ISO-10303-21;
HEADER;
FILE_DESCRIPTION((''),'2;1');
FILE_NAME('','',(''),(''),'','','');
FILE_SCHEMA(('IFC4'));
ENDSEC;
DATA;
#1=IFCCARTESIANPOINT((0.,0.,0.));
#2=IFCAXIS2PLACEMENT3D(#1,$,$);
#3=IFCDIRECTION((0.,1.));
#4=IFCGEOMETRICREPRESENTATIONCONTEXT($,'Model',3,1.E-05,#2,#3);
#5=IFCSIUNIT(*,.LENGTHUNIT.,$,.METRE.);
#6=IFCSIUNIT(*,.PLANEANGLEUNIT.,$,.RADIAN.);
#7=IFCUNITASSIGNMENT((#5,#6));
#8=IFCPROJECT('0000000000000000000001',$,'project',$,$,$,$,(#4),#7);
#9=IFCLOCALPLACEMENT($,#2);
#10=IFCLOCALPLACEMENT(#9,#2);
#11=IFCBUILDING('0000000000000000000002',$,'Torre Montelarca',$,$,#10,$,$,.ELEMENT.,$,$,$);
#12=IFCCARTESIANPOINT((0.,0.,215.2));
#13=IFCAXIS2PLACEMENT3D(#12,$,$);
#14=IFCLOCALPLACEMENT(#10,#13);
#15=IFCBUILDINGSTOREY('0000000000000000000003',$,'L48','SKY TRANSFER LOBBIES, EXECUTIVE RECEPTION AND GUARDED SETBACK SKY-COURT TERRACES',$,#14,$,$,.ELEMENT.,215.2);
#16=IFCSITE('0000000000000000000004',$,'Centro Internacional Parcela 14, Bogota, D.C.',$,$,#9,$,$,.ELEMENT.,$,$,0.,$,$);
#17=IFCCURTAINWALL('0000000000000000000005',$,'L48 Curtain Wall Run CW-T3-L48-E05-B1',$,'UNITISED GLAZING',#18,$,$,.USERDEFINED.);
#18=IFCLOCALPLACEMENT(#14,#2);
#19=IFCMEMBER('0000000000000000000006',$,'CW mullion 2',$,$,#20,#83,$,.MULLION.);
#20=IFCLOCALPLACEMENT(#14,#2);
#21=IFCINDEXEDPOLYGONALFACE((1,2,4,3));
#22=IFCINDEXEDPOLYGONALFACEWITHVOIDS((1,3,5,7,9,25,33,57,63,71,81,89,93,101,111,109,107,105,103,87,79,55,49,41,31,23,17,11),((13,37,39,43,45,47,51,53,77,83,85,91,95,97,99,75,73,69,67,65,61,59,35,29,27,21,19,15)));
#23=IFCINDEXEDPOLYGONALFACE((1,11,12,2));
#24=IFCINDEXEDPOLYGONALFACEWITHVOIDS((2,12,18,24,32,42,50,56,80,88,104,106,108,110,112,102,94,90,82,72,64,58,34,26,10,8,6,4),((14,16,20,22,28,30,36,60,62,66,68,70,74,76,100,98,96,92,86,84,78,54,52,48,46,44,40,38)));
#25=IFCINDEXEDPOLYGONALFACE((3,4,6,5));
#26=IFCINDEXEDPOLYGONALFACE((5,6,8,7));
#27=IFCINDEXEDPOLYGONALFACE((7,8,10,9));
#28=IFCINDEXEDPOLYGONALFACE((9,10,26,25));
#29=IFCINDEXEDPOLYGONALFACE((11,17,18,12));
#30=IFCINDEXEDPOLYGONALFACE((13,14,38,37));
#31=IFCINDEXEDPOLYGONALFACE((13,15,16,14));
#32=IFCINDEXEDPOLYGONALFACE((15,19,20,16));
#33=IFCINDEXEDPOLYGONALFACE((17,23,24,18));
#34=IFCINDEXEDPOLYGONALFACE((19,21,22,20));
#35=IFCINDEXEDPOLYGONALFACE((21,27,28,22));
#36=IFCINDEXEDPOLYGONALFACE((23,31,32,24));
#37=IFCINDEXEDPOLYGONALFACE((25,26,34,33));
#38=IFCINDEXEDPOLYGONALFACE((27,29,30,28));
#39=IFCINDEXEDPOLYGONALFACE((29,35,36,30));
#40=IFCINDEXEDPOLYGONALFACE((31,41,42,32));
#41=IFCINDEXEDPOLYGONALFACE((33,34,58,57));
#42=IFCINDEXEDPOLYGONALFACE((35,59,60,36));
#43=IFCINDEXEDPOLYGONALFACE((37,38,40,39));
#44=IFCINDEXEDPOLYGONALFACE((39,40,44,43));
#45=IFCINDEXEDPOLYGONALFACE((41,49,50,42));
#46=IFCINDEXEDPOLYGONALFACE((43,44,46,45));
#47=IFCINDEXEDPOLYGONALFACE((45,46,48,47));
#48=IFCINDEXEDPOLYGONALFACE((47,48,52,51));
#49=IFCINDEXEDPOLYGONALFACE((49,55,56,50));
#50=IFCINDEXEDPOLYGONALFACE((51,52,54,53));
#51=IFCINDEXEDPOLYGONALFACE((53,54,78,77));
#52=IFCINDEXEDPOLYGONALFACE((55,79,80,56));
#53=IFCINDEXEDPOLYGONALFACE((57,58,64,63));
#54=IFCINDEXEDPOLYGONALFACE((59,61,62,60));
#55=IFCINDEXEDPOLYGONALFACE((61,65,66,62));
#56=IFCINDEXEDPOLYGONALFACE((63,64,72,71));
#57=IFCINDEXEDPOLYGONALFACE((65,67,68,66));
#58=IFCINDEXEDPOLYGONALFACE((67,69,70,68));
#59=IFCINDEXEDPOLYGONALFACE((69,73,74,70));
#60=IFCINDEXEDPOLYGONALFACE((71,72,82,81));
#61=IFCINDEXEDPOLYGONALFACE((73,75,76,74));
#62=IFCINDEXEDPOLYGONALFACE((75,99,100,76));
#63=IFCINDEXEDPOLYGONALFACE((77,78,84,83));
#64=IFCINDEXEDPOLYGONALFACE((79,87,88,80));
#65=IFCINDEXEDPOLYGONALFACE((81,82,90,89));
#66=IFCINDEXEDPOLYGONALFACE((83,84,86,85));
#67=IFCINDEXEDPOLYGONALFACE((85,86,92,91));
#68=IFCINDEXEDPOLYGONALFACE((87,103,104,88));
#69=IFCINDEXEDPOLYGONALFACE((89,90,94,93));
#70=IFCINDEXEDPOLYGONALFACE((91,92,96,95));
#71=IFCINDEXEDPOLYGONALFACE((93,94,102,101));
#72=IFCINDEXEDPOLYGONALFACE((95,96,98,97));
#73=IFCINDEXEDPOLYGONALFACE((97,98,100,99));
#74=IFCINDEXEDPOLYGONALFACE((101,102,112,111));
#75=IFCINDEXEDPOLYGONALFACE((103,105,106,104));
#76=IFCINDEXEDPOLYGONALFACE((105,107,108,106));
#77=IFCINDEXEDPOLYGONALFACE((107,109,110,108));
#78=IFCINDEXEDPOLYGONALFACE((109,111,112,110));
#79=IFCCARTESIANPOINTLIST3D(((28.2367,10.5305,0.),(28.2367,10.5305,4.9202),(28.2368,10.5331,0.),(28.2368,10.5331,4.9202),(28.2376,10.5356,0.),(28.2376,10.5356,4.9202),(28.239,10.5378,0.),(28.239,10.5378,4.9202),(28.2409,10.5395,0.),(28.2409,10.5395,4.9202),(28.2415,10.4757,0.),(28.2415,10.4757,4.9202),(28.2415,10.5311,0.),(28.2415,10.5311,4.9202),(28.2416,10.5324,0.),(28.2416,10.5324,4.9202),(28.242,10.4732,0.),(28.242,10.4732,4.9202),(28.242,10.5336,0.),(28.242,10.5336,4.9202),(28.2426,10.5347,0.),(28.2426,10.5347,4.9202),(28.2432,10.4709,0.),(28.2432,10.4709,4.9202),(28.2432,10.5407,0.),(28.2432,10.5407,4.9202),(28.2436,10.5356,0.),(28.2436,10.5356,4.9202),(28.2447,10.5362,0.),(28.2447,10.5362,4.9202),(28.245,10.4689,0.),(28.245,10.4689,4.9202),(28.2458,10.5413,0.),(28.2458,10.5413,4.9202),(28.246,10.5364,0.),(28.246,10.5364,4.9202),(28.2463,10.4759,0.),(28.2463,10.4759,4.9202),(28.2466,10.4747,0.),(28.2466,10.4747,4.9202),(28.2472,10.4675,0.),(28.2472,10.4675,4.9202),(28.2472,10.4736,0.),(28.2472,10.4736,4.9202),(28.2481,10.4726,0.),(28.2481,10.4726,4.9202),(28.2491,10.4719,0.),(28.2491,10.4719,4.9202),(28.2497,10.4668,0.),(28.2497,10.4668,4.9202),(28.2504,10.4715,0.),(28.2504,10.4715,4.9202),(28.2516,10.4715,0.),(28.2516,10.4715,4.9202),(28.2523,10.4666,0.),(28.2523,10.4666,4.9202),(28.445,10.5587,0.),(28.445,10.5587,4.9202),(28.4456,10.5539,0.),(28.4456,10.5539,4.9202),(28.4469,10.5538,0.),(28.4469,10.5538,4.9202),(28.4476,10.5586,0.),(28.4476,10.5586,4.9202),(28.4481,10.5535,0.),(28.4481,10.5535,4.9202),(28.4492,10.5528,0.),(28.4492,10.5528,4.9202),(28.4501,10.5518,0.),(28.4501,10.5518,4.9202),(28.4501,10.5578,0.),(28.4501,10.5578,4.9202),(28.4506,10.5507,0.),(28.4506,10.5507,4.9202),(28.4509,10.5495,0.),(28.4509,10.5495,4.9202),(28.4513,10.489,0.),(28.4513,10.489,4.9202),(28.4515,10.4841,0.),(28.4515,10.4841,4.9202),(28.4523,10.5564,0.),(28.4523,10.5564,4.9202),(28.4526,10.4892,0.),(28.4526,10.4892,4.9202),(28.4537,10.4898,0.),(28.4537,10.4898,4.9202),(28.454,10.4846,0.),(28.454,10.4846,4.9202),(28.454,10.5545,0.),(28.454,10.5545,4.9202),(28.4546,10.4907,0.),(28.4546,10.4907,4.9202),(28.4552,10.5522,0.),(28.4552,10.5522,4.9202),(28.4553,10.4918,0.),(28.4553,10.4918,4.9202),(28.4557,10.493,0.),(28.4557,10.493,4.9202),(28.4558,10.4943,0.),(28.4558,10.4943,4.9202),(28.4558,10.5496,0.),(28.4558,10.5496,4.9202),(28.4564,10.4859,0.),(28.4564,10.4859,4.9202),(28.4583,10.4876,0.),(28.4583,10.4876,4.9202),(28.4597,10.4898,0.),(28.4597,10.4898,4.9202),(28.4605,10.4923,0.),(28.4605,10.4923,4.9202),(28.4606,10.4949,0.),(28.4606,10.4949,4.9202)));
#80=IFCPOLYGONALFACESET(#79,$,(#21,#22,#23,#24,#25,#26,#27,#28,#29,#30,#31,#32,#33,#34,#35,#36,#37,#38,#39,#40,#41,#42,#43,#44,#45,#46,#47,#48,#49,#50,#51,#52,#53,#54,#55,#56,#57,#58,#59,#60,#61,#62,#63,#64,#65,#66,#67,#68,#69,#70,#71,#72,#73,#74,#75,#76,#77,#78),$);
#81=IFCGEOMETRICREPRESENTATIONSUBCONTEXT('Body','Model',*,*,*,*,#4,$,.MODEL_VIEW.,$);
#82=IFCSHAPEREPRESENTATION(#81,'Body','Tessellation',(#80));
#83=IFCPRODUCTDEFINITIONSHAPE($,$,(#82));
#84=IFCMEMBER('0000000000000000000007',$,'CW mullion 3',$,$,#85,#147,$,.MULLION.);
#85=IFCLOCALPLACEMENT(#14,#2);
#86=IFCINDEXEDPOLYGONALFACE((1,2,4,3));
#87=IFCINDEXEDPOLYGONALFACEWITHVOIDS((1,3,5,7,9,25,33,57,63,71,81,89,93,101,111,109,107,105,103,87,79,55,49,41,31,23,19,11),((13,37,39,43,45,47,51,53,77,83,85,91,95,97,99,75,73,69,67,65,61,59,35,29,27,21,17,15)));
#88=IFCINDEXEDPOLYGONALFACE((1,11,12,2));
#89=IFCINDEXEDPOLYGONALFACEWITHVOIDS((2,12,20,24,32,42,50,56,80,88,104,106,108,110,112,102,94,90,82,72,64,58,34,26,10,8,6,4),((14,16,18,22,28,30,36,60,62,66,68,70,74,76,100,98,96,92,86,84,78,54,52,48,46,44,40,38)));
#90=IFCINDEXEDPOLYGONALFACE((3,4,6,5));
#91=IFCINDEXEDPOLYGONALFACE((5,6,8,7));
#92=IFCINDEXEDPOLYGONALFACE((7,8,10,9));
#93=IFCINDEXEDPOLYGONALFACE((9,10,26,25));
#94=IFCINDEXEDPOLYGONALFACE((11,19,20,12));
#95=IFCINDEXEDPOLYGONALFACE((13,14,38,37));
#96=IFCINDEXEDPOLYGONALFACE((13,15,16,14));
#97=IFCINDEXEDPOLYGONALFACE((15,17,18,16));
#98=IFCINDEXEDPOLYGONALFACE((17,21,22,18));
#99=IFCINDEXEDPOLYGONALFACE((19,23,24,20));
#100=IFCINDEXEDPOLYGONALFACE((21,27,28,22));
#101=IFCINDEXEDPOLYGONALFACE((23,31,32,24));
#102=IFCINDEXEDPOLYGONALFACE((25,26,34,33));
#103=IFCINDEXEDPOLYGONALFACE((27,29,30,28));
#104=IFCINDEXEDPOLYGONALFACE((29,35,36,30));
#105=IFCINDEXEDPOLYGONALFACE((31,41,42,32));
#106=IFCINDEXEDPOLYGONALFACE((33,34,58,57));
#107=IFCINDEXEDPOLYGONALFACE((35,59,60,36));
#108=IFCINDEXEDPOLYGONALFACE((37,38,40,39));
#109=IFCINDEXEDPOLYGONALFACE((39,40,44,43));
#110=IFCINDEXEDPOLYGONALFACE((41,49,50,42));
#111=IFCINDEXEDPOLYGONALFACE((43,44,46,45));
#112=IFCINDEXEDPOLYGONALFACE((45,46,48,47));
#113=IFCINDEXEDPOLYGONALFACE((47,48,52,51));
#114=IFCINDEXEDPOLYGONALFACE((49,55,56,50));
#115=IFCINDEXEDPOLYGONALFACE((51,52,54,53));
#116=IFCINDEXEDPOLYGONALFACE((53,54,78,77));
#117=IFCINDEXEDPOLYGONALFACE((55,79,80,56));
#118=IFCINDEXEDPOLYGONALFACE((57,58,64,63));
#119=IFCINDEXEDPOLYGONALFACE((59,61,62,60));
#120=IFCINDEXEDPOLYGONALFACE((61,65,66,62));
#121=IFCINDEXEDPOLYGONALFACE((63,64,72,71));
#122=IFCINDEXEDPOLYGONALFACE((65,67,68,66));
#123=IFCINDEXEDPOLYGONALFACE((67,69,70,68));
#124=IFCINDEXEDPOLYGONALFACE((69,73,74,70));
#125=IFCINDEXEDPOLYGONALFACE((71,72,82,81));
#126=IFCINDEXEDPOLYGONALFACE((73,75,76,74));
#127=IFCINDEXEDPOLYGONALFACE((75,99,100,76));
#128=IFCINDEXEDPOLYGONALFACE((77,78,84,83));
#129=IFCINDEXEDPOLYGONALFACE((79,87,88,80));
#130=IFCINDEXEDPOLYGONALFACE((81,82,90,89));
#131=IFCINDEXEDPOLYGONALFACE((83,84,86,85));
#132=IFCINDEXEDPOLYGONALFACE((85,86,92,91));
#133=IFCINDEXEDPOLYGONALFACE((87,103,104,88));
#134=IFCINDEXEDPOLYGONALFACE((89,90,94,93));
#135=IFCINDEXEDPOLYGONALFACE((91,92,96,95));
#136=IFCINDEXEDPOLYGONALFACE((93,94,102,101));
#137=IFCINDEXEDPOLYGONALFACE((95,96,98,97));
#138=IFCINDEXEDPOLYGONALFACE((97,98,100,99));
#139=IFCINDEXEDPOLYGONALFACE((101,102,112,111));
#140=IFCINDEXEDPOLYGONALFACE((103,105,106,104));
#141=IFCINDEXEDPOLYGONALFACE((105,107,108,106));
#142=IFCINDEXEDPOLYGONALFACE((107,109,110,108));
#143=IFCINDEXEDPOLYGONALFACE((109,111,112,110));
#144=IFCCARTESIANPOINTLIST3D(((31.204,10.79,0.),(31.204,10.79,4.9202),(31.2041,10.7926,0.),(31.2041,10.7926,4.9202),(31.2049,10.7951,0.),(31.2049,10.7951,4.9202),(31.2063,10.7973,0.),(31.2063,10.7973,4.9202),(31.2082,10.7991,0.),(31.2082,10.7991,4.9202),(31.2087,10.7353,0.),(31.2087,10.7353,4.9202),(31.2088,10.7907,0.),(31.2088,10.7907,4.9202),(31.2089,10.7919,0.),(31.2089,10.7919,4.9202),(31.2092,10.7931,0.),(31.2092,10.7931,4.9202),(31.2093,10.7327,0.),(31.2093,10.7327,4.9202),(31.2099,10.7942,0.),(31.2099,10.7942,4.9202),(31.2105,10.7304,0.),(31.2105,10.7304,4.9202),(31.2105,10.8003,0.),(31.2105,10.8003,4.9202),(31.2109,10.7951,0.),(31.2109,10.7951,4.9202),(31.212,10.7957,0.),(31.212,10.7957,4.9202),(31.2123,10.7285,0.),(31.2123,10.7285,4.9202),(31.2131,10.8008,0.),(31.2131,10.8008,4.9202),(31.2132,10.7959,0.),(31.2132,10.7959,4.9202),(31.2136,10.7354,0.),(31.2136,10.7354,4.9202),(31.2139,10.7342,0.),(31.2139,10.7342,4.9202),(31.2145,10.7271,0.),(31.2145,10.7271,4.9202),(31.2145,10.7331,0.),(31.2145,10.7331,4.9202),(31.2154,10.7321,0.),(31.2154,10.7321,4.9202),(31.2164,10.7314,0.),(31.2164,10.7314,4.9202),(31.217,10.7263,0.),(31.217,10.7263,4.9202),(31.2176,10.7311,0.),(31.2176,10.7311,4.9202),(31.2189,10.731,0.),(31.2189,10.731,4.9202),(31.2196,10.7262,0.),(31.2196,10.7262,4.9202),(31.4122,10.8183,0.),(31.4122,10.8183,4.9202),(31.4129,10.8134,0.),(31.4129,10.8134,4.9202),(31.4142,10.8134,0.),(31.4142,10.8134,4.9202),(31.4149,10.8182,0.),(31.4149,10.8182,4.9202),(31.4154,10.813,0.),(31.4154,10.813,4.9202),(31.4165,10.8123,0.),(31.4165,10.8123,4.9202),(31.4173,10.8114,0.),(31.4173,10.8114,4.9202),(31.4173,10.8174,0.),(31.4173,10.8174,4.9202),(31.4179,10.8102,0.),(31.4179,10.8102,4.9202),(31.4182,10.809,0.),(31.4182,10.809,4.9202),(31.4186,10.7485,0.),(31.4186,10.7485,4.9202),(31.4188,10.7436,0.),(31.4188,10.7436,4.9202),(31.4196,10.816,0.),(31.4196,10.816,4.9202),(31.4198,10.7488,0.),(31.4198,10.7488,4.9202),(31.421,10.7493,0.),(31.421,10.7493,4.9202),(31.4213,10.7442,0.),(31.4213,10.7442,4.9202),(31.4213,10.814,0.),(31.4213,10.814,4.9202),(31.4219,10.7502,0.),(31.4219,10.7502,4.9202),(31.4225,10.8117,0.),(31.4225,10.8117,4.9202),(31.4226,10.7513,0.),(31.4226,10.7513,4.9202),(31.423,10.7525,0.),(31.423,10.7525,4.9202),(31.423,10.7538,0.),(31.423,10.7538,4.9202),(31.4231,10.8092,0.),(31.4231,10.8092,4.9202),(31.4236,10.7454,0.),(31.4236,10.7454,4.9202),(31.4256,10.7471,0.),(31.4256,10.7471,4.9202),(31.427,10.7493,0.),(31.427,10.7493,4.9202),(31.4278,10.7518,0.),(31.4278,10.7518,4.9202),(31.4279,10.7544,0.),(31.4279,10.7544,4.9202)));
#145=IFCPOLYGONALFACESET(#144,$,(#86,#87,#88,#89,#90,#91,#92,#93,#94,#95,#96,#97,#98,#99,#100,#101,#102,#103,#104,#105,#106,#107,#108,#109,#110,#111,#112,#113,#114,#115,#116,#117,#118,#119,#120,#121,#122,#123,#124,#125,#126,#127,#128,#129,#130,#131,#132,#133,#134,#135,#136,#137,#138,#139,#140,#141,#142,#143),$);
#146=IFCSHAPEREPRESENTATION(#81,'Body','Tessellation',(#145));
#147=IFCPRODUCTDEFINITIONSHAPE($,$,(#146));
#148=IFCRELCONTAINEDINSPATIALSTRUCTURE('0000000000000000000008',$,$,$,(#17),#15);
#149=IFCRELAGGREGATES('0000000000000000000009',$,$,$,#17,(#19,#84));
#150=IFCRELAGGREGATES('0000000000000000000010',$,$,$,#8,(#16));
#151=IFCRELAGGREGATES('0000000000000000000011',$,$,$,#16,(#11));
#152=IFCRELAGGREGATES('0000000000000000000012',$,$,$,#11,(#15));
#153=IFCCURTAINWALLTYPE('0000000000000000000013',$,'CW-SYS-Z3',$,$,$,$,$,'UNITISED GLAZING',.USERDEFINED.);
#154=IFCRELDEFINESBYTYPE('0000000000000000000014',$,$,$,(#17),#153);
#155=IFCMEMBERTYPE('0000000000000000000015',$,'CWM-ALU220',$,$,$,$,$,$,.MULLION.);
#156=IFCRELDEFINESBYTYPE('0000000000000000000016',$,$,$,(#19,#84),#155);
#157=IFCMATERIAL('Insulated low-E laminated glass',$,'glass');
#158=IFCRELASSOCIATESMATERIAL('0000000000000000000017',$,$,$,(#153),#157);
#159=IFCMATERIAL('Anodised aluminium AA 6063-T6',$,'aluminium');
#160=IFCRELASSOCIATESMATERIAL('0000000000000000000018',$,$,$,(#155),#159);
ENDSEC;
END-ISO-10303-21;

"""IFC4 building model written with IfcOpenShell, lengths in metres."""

from ifc_helpers import new_model, si_unit, direction, frame, origin, origin_2d, place, context, subcontext, project, spatial, hollow_rectangle, extrude, source, transform, mapped, material, material_profile, profile_set, type_object, element, aggregate, save


model = new_model("IFC4")

# Units and contexts
model_context = context("Model", 3, precision=1e-05, world=origin(), true_north=direction((0.0, 1.0)))
body_context = subcontext(model_context, "Body", "Model", "MODEL_VIEW")
ifc_project = project(units=[si_unit("LENGTHUNIT", "METRE"), si_unit("PLANEANGLEUNIT", "RADIAN")], contexts=[model_context])

# Site, building, storey
site_placement = place(None, origin())
site = spatial("IfcSite", under=ifc_project, at=site_placement, Name="Centro Internacional Parcela 14, Bogota, D.C.", CompositionType="ELEMENT", RefElevation=0.0)
building_placement = place(site_placement, origin())
building = spatial("IfcBuilding", under=site, at=building_placement, Name="Torre Montelarca", CompositionType="ELEMENT")
storey_placement = place(building_placement, frame((0.0, 0.0, 215.2)))
storey = spatial("IfcBuildingStorey", under=building, at=storey_placement, Name="L48", Description="SKY TRANSFER LOBBIES, EXECUTIVE RECEPTION AND GUARDED SETBACK SKY-COURT TERRACES", CompositionType="ELEMENT", Elevation=215.2)

# Curtain wall, members
ifc_material_1 = material(Name="Insulated low-E laminated glass", Category="glass")
curtain_wall_type = type_object("IfcCurtainWallType", Name="CW-SYS-Z3", ElementType="UNITISED GLAZING", PredefinedType="USERDEFINED", material=ifc_material_1)
curtain_wall_1_placement = place(storey_placement, origin())
curtain_wall_1 = element("IfcCurtainWall", 1, at=curtain_wall_1_placement, inside=storey, type_object=curtain_wall_type, Name="L48 Curtain Wall Run CW-T3-L48-E05-B1", ObjectType="UNITISED GLAZING", PredefinedType="USERDEFINED")
ifc_material_2 = material(Name="Anodised aluminium AA 6063-T6", Category="aluminium")
ifc_material_profile_1 = material_profile(ifc_material_2, hollow_rectangle(XDim=0.075, YDim=0.22, WallThickness=0.0049, InnerFilletRadius=0.0049, OuterFilletRadius=0.01, at=origin_2d()), Name="ALU75X220X5", Category="aluminium")
ifc_profile_set_1 = profile_set([ifc_material_profile_1], Name="Anodised aluminium AA 6063-T6")
member_type_1 = type_object("IfcMemberType", Name="CWM-ALU220", PredefinedType="MULLION", material=ifc_profile_set_1)
shared_shape_1 = source(origin(), body_context, "Body", "SweptSolid", [
    extrude(hollow_rectangle(XDim=0.075, YDim=0.22, WallThickness=0.0049, InnerFilletRadius=0.0049, OuterFilletRadius=0.01, at=origin_2d()), origin(), (0.0, 0.0, 1.0), 4.9202),
])
member_1_placement = place(storey_placement, frame((28.3486, 10.5127, 0.0), z_axis=(0.0, 0.0, 1.0), x_axis=(-0.087181, 0.996192, 0.0)))
member_1 = element("IfcMember", 2, at=member_1_placement, type_object=member_type_1, Name="CW mullion 2", PredefinedType="MULLION", context=body_context, shape_type="MappedRepresentation", body=[
    mapped(shared_shape_1, transform((0.0, 0.0, 0.0), scale=1.0)),
])
member_2_placement = place(storey_placement, frame((31.3159, 10.7722, 0.0), z_axis=(0.0, 0.0, 1.0), x_axis=(-0.087181, 0.996192, 0.0)))
member_2 = element("IfcMember", 3, at=member_2_placement, type_object=member_type_1, Name="CW mullion 3", PredefinedType="MULLION", context=body_context, shape_type="MappedRepresentation", body=[
    mapped(shared_shape_1, transform((0.0, 0.0, 0.0), scale=1.0)),
])

aggregate(curtain_wall_1, [member_1, member_2])

save(model, "model.ifc")
